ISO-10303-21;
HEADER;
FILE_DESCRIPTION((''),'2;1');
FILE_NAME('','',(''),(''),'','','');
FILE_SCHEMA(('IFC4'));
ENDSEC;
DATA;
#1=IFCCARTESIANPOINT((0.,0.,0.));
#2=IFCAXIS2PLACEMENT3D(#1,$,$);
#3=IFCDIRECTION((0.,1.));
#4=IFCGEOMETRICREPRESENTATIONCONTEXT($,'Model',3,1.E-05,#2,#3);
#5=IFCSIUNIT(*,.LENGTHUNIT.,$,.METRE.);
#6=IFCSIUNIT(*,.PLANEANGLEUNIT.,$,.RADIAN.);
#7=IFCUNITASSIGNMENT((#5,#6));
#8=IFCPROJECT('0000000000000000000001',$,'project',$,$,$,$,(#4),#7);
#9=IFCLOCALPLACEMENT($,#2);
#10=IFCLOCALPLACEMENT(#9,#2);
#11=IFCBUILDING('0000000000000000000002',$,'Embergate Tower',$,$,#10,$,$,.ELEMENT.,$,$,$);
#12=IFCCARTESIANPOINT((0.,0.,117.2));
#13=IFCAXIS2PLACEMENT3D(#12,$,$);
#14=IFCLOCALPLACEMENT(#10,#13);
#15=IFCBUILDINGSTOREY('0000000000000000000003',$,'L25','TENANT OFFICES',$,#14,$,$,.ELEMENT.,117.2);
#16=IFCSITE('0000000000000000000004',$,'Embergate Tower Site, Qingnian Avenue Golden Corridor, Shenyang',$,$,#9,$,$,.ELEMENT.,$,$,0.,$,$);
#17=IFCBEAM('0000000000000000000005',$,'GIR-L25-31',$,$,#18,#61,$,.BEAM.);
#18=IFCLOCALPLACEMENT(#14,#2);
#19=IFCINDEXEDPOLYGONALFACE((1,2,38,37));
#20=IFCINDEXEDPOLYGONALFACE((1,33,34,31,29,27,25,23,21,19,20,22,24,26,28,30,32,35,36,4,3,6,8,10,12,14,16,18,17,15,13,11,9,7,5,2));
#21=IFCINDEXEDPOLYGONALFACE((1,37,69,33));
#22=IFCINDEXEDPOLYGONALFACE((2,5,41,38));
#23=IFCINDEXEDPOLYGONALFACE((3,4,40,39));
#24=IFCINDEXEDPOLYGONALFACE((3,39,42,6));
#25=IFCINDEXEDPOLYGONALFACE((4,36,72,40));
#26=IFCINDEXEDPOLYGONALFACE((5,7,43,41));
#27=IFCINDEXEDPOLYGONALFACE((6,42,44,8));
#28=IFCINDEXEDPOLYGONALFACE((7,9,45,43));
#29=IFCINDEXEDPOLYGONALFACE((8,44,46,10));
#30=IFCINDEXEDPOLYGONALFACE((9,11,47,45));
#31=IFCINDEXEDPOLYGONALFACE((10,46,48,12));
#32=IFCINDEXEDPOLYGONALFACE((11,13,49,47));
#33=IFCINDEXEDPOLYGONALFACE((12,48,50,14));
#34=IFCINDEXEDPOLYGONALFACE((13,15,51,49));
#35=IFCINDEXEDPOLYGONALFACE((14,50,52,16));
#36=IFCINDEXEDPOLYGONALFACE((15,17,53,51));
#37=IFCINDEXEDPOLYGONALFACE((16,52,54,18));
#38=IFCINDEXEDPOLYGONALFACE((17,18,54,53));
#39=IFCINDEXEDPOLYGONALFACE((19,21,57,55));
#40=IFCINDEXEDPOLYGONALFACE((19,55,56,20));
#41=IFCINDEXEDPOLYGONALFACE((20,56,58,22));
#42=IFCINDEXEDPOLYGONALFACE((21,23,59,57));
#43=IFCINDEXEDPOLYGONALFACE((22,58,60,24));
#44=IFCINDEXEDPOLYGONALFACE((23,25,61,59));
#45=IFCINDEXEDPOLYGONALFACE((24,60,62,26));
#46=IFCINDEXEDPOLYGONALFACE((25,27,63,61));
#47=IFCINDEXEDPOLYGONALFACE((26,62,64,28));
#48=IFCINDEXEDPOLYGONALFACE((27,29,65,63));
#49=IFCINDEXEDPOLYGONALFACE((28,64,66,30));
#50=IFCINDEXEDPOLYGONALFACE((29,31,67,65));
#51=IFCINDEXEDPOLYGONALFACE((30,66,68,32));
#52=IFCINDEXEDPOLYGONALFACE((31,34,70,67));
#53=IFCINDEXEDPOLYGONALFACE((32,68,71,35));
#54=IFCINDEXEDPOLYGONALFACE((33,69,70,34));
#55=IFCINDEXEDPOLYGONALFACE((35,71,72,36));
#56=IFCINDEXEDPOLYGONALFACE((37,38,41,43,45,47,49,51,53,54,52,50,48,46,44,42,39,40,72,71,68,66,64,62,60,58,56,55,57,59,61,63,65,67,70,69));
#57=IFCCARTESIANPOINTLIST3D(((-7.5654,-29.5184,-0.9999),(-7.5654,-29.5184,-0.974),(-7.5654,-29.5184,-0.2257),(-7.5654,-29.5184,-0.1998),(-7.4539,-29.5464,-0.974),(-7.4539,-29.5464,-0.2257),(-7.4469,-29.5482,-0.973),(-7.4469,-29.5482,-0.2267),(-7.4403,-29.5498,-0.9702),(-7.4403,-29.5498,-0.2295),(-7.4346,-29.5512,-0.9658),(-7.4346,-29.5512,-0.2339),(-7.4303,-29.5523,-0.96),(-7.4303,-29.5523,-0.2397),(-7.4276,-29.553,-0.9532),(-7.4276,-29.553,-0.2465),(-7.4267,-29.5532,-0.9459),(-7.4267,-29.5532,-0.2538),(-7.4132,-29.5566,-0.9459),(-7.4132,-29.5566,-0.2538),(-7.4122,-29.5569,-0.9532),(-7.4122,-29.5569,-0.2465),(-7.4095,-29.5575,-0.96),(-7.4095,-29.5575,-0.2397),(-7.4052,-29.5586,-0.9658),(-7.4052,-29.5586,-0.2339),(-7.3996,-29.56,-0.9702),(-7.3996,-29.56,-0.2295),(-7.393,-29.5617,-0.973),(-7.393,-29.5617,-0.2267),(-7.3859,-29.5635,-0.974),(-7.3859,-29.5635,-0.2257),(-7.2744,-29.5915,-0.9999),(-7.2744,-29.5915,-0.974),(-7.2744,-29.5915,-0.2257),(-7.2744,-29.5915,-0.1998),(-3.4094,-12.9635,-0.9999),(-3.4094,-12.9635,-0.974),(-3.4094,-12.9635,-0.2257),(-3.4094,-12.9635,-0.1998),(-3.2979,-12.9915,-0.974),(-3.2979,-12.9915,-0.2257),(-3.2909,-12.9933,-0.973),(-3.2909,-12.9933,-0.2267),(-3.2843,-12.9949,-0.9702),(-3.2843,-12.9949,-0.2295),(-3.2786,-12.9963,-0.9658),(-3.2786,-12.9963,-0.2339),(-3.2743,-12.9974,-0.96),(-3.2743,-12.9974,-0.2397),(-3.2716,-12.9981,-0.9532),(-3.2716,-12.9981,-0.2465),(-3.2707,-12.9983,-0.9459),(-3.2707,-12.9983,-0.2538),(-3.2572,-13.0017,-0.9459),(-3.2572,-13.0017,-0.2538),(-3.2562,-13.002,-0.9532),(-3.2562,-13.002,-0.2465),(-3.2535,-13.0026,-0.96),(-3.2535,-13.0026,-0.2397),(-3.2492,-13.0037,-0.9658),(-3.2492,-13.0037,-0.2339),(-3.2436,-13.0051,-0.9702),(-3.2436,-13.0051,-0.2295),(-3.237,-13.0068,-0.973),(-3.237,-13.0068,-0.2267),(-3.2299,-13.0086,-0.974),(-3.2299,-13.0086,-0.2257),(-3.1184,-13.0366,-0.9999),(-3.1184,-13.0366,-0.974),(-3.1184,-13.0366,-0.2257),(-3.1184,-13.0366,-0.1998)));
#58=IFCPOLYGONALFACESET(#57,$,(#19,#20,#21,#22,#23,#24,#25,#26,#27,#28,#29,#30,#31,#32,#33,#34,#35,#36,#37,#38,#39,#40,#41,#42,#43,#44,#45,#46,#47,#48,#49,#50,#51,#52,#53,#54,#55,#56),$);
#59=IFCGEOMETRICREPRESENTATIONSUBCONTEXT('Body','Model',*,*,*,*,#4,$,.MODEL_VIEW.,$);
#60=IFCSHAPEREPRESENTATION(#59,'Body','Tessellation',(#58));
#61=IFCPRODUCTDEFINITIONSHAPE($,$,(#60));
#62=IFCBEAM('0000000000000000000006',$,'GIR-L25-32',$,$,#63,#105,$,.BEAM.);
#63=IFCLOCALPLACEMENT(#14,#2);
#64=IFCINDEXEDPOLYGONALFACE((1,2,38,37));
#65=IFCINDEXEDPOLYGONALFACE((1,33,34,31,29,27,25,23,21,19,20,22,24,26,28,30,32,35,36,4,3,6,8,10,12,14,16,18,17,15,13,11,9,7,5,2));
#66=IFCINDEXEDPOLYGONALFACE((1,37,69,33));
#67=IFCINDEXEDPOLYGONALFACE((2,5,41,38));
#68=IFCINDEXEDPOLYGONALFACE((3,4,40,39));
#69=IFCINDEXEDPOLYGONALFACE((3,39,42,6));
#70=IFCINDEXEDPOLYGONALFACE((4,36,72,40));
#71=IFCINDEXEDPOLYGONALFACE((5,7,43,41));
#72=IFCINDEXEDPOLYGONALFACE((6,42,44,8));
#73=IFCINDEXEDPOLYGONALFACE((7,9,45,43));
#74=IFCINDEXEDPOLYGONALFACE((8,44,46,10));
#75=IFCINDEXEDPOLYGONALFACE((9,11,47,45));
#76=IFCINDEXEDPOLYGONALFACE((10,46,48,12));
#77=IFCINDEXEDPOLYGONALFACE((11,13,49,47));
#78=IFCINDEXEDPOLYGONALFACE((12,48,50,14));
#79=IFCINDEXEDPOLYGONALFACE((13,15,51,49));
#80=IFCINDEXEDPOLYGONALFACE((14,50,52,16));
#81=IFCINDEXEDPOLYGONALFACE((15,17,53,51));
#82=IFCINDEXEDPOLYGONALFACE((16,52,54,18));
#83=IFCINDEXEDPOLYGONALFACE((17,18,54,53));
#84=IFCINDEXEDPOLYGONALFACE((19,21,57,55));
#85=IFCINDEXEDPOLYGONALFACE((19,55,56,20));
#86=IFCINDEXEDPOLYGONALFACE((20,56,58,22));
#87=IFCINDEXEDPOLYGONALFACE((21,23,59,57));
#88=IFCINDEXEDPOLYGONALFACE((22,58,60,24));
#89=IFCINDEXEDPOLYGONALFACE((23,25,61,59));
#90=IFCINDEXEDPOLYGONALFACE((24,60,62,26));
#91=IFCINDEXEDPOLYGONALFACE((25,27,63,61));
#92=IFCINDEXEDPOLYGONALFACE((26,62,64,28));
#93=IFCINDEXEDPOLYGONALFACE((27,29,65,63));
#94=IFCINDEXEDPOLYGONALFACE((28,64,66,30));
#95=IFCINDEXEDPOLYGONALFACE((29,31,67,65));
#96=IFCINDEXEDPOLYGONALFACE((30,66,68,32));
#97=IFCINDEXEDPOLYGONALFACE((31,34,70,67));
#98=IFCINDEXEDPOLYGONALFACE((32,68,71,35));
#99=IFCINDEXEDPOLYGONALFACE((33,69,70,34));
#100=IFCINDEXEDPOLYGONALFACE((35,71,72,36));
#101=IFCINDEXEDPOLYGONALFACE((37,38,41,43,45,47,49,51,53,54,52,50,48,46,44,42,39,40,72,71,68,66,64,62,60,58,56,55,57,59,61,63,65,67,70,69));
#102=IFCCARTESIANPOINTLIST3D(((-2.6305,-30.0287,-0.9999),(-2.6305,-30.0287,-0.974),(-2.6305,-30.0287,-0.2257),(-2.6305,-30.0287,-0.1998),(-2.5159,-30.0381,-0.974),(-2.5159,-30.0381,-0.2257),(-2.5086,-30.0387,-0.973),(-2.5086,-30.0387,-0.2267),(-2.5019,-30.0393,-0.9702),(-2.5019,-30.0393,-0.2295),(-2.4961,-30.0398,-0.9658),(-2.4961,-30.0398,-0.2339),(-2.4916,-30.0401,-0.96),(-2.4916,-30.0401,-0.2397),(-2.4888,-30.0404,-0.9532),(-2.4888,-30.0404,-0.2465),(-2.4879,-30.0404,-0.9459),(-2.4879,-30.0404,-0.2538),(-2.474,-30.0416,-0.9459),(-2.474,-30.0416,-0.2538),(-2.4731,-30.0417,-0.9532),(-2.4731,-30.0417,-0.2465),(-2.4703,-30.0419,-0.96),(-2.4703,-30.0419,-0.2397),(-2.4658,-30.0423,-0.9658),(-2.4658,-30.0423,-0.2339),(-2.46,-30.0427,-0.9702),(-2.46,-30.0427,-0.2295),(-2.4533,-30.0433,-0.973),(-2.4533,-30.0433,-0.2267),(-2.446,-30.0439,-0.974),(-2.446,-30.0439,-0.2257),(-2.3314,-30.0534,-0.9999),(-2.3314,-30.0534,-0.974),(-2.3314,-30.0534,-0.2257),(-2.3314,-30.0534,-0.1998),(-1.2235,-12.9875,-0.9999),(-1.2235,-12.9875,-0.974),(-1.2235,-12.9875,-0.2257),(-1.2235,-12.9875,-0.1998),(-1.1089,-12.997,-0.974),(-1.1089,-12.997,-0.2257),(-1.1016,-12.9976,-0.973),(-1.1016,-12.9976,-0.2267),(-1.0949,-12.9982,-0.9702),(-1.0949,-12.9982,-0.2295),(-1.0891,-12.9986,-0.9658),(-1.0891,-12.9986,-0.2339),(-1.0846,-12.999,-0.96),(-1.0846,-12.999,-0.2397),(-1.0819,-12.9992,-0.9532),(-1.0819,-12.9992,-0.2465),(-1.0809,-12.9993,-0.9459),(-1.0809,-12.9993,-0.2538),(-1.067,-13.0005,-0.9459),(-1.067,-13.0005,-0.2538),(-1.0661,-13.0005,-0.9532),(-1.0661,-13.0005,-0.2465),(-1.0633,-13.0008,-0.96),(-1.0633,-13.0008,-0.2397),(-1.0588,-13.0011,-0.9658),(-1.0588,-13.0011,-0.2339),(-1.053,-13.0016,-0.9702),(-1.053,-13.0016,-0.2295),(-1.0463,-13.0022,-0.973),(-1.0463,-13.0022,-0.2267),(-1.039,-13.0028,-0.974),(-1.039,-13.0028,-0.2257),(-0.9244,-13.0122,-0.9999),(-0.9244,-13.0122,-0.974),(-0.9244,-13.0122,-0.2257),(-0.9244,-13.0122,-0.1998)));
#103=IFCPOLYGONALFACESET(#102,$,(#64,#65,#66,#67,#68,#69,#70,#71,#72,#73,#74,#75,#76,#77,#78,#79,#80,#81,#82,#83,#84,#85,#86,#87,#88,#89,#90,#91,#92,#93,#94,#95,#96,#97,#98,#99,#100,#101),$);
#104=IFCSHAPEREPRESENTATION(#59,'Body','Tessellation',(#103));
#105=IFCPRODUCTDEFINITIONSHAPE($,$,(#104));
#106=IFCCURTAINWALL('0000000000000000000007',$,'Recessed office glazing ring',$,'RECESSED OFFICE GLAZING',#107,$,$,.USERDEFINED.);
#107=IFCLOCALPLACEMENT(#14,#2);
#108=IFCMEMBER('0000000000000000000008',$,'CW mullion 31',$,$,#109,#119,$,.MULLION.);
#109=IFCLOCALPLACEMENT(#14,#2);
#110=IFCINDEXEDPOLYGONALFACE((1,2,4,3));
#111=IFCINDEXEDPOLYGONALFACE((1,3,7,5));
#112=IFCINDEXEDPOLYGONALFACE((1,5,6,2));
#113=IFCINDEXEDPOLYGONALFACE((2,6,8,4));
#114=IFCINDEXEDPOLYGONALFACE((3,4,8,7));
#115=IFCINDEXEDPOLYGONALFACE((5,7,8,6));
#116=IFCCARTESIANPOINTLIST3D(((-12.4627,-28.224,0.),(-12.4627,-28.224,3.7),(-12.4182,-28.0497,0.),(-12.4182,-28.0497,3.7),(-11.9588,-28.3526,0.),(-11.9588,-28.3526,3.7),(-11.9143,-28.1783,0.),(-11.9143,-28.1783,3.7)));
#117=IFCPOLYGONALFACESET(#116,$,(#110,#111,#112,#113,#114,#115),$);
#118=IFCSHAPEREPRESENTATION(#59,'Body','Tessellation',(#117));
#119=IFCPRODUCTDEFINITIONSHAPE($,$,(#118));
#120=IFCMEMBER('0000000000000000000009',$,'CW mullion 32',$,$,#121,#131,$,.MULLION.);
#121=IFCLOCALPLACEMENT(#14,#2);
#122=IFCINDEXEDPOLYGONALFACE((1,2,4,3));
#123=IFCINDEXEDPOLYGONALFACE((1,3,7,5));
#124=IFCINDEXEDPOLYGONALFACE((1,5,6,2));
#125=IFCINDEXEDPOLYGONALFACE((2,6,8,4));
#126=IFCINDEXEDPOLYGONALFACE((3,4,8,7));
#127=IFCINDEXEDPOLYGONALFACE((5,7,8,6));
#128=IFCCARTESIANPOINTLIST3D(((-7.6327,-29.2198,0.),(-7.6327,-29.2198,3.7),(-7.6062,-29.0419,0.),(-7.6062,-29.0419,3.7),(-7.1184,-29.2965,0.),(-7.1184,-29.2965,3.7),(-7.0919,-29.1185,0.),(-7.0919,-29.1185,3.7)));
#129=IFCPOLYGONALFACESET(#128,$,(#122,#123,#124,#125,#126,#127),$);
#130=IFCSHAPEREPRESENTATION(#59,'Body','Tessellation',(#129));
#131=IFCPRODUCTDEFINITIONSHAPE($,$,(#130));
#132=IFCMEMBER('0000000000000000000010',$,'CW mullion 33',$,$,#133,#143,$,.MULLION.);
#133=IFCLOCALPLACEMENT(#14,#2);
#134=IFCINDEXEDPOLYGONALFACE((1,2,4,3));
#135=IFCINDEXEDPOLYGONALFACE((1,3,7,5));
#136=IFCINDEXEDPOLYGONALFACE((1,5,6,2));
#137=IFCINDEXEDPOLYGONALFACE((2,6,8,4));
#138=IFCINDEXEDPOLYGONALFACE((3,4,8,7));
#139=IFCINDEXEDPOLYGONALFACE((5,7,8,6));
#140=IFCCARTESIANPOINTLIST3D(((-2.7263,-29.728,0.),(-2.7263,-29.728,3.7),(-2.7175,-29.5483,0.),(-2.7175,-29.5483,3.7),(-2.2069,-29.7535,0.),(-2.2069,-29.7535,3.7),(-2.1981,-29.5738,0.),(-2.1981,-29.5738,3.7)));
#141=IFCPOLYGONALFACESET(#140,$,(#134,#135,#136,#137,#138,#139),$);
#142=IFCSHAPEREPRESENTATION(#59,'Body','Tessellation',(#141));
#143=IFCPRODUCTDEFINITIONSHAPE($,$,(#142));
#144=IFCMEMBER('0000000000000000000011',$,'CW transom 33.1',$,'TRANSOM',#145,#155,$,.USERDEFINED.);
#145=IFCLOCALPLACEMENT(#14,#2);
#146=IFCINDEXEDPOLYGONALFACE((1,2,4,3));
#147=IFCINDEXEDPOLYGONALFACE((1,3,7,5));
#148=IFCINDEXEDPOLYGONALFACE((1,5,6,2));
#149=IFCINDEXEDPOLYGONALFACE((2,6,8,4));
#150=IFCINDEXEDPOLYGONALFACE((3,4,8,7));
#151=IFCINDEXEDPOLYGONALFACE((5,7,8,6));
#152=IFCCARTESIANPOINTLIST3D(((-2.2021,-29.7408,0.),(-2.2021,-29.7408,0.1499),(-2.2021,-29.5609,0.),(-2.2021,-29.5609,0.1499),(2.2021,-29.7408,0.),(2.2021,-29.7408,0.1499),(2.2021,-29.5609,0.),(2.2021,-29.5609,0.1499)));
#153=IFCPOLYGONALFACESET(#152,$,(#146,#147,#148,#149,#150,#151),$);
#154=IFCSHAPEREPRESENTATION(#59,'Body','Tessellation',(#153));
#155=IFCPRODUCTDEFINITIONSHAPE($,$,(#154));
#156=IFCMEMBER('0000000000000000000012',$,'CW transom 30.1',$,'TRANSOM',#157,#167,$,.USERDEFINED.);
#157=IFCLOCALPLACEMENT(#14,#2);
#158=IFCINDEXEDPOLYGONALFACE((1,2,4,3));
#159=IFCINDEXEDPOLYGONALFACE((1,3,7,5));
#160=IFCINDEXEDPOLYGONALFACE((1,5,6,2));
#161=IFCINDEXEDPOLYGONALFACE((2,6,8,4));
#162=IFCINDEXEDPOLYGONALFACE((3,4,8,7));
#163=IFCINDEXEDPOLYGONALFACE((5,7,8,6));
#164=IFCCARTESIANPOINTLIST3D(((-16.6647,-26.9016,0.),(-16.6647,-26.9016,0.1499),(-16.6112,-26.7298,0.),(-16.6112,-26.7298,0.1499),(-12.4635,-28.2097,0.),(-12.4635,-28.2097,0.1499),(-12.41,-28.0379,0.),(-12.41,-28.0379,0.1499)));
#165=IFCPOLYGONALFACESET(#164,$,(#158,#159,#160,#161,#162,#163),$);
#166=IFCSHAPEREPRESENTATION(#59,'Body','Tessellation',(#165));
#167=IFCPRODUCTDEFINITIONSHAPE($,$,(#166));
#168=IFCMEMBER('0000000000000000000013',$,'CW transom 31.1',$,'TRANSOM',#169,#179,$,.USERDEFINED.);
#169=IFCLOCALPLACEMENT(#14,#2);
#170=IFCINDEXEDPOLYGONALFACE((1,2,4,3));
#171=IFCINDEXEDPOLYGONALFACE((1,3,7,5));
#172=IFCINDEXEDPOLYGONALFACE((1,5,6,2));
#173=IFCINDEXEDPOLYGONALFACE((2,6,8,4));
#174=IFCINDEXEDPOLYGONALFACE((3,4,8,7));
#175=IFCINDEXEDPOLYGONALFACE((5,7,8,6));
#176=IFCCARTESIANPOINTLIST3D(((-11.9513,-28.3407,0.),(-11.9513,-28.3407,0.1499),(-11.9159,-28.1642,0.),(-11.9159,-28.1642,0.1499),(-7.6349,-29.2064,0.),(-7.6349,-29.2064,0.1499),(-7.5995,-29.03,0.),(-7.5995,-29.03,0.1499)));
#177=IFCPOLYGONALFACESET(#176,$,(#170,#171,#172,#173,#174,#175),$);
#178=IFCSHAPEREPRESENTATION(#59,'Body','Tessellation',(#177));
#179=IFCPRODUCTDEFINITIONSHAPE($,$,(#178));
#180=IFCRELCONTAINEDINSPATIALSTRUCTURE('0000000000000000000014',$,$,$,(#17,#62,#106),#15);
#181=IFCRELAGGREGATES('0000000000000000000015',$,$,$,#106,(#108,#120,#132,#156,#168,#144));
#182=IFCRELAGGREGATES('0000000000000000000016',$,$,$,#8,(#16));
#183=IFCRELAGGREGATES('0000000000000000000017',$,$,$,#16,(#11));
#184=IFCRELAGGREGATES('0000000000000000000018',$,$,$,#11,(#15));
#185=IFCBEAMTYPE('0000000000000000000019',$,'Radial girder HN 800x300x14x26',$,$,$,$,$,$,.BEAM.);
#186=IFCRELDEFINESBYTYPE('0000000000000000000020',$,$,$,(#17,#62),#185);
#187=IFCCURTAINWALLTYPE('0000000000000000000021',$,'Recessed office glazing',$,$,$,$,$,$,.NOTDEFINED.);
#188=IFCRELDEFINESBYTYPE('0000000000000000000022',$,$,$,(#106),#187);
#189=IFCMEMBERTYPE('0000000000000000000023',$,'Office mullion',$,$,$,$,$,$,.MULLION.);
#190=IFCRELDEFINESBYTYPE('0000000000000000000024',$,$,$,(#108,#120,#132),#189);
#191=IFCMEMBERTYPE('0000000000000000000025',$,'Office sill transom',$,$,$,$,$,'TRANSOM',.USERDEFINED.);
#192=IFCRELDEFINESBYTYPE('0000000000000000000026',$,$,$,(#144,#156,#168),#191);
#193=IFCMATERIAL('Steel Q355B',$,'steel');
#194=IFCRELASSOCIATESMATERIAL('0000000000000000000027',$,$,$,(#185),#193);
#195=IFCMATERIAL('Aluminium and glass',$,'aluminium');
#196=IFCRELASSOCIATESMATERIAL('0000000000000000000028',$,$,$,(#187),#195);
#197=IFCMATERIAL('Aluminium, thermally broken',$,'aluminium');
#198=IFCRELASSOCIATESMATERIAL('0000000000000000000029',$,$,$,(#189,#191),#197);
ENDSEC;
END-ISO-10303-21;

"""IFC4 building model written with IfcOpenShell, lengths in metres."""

from ifc_helpers import new_model, si_unit, direction, frame, origin, origin_2d, place, context, subcontext, project, spatial, rectangle, i_section, extrude, source, transform, mapped, material, material_profile, profile_set, type_object, element, aggregate, save


model = new_model("IFC4")

# Units and contexts
model_context = context("Model", 3, precision=1e-05, world=origin(), true_north=direction((0.0, 1.0)))
body_context = subcontext(model_context, "Body", "Model", "MODEL_VIEW")
ifc_project = project(units=[si_unit("LENGTHUNIT", "METRE"), si_unit("PLANEANGLEUNIT", "RADIAN")], contexts=[model_context])

# Site, building, storey
site_placement = place(None, origin())
site = spatial("IfcSite", under=ifc_project, at=site_placement, Name="Embergate Tower Site, Qingnian Avenue Golden Corridor, Shenyang", CompositionType="ELEMENT", RefElevation=0.0)
building_placement = place(site_placement, origin())
building = spatial("IfcBuilding", under=site, at=building_placement, Name="Embergate Tower", CompositionType="ELEMENT")
storey_placement = place(building_placement, frame((0.0, 0.0, 117.2)))
storey = spatial("IfcBuildingStorey", under=building, at=storey_placement, Name="L25", Description="TENANT OFFICES", CompositionType="ELEMENT", Elevation=117.2)

# Beams
ifc_material_1 = material(Name="Steel Q355B", Category="steel")
ifc_material_profile_1 = material_profile(ifc_material_1, i_section(OverallWidth=0.3, OverallDepth=0.8, WebThickness=0.0139, FlangeThickness=0.0259, FilletRadius=0.0281, at=origin_2d()), Name="HN 800x300x14x26")
ifc_profile_set_1 = profile_set([ifc_material_profile_1], Name="Steel Q355 grade B")
beam_type_1 = type_object("IfcBeamType", Name="Radial girder HN 800x300x14x26", PredefinedType="BEAM", material=ifc_profile_set_1)
shared_shape_1 = source(origin(), body_context, "Body", "SweptSolid", [
    extrude(i_section(OverallWidth=0.3, OverallDepth=0.8, WebThickness=0.0139, FlangeThickness=0.0259, FilletRadius=0.0281, at=origin_2d()), origin(), (0.0, 0.0, 1.0), 17.0686),
])
beam_1_placement = place(storey_placement, frame((-7.4199, -29.5549, -0.5999), z_axis=(0.243488, 0.969904, 0.0), x_axis=(-0.969904, 0.243488, 0.0)))
element("IfcBeam", 1, at=beam_1_placement, inside=storey, type_object=beam_type_1, Name="GIR-L25-31", PredefinedType="BEAM", context=body_context, shape_type="MappedRepresentation", body=[
    mapped(shared_shape_1, transform((0.0, 0.0, 0.0))),
])
shared_shape_2 = source(origin(), body_context, "Body", "SweptSolid", [
    extrude(i_section(OverallWidth=0.3, OverallDepth=0.8, WebThickness=0.0139, FlangeThickness=0.0259, FilletRadius=0.0281, at=origin_2d()), origin(), (0.0, 0.0, 1.0), 17.0991),
])
beam_2_placement = place(storey_placement, frame((-2.481, -30.041, -0.5999), z_axis=(0.082284, 0.996609, 0.0), x_axis=(-0.996609, 0.082284, 0.0)))
element("IfcBeam", 2, at=beam_2_placement, inside=storey, type_object=beam_type_1, Name="GIR-L25-32", PredefinedType="BEAM", context=body_context, shape_type="MappedRepresentation", body=[
    mapped(shared_shape_2, transform((0.0, 0.0, 0.0))),
])

# Curtain wall, members
ifc_material_2 = material(Name="Aluminium and glass", Category="aluminium")
curtain_wall_type = type_object("IfcCurtainWallType", Name="Recessed office glazing", PredefinedType="NOTDEFINED", material=ifc_material_2)
curtain_wall_placement = place(storey_placement, origin())
curtain_wall = element("IfcCurtainWall", 3, at=curtain_wall_placement, inside=storey, type_object=curtain_wall_type, Name="Recessed office glazing ring", ObjectType="RECESSED OFFICE GLAZING", PredefinedType="USERDEFINED")
ifc_material_3 = material(Name="Aluminium, thermally broken", Category="aluminium")
ifc_material_profile_2 = material_profile(ifc_material_3, rectangle(XDim=0.1799, YDim=0.52, at=origin_2d()), Name="AL 520x180")
ifc_profile_set_2 = profile_set([ifc_material_profile_2], Name="Aluminium, thermally broken")
member_type_1 = type_object("IfcMemberType", Name="Office mullion", PredefinedType="MULLION", material=ifc_profile_set_2)
shared_shape_3 = source(origin(), body_context, "Body", "SweptSolid", [
    extrude(rectangle(XDim=0.1799, YDim=0.52, at=origin_2d()), origin(), (0.0, 0.0, 1.0), 3.7),
])
member_1_placement = place(storey_placement, frame((-12.1885, -28.2012, 0.0), z_axis=(0.0, 0.0, 1.0), x_axis=(0.247315, 0.968935, 0.0)))
member_1 = element("IfcMember", 4, at=member_1_placement, type_object=member_type_1, Name="CW mullion 31", PredefinedType="MULLION", context=body_context, shape_type="MappedRepresentation", body=[
    mapped(shared_shape_3, transform((0.0, 0.0, 0.0))),
])
member_2_placement = place(storey_placement, frame((-7.3623, -29.1692, 0.0), z_axis=(0.0, 0.0, 1.0), x_axis=(0.147414, 0.989075, 0.0)))
member_2 = element("IfcMember", 5, at=member_2_placement, type_object=member_type_1, Name="CW mullion 32", PredefinedType="MULLION", context=body_context, shape_type="MappedRepresentation", body=[
    mapped(shared_shape_3, transform((0.0, 0.0, 0.0))),
])
member_3_placement = place(storey_placement, frame((-2.4622, -29.6509, 0.0), z_axis=(0.0, 0.0, 1.0), x_axis=(0.048972, 0.9988, 0.0)))
member_3 = element("IfcMember", 6, at=member_3_placement, type_object=member_type_1, Name="CW mullion 33", PredefinedType="MULLION", context=body_context, shape_type="MappedRepresentation", body=[
    mapped(shared_shape_3, transform((0.0, 0.0, 0.0))),
])
ifc_material_profile_3 = material_profile(ifc_material_3, rectangle(XDim=0.1799, YDim=0.1499, at=origin_2d()), Name="AL 150x180")
ifc_profile_set_3 = profile_set([ifc_material_profile_3], Name="Aluminium, thermally broken")
member_type_2 = type_object("IfcMemberType", Name="Office sill transom", ElementType="TRANSOM", PredefinedType="USERDEFINED", material=ifc_profile_set_3)
shared_shape_4 = source(origin(), body_context, "Body", "SweptSolid", [
    extrude(rectangle(XDim=0.1799, YDim=0.1499, at=origin_2d()), origin(), (0.0, 0.0, 1.0), 4.4043),
])
member_4_placement = place(storey_placement, frame((-2.2021, -29.6509, 0.075), z_axis=(1.0, 0.0, 0.0), x_axis=(0.0, 1.0, 0.0)))
member_4 = element("IfcMember", 7, at=member_4_placement, type_object=member_type_2, Name="CW transom 33.1", ObjectType="TRANSOM", PredefinedType="USERDEFINED", context=body_context, shape_type="MappedRepresentation", body=[
    mapped(shared_shape_4, transform((0.0, 0.0, 0.0))),
])
shared_shape_5 = source(origin(), body_context, "Body", "SweptSolid", [
    extrude(rectangle(XDim=0.1799, YDim=0.1499, at=origin_2d()), origin(), (0.0, 0.0, 1.0), 4.4001),
])
member_5_placement = place(storey_placement, frame((-16.6379, -26.8157, 0.075), z_axis=(0.954788, -0.297289, 0.0), x_axis=(0.297289, 0.954788, 0.0)))
member_5 = element("IfcMember", 8, at=member_5_placement, type_object=member_type_2, Name="CW transom 30.1", ObjectType="TRANSOM", PredefinedType="USERDEFINED", context=body_context, shape_type="MappedRepresentation", body=[
    mapped(shared_shape_5, transform((0.0, 0.0, 0.0))),
])
shared_shape_6 = source(origin(), body_context, "Body", "SweptSolid", [
    extrude(rectangle(XDim=0.1799, YDim=0.1499, at=origin_2d()), origin(), (0.0, 0.0, 1.0), 4.4023),
])
member_6_placement = place(storey_placement, frame((-11.9336, -28.2524, 0.075), z_axis=(0.980474, -0.196649, 0.0), x_axis=(0.196649, 0.980474, 0.0)))
member_6 = element("IfcMember", 9, at=member_6_placement, type_object=member_type_2, Name="CW transom 31.1", ObjectType="TRANSOM", PredefinedType="USERDEFINED", context=body_context, shape_type="MappedRepresentation", body=[
    mapped(shared_shape_6, transform((0.0, 0.0, 0.0))),
])

aggregate(curtain_wall, [member_1, member_2, member_3, member_5, member_6, member_4])

save(model, "model.ifc")
